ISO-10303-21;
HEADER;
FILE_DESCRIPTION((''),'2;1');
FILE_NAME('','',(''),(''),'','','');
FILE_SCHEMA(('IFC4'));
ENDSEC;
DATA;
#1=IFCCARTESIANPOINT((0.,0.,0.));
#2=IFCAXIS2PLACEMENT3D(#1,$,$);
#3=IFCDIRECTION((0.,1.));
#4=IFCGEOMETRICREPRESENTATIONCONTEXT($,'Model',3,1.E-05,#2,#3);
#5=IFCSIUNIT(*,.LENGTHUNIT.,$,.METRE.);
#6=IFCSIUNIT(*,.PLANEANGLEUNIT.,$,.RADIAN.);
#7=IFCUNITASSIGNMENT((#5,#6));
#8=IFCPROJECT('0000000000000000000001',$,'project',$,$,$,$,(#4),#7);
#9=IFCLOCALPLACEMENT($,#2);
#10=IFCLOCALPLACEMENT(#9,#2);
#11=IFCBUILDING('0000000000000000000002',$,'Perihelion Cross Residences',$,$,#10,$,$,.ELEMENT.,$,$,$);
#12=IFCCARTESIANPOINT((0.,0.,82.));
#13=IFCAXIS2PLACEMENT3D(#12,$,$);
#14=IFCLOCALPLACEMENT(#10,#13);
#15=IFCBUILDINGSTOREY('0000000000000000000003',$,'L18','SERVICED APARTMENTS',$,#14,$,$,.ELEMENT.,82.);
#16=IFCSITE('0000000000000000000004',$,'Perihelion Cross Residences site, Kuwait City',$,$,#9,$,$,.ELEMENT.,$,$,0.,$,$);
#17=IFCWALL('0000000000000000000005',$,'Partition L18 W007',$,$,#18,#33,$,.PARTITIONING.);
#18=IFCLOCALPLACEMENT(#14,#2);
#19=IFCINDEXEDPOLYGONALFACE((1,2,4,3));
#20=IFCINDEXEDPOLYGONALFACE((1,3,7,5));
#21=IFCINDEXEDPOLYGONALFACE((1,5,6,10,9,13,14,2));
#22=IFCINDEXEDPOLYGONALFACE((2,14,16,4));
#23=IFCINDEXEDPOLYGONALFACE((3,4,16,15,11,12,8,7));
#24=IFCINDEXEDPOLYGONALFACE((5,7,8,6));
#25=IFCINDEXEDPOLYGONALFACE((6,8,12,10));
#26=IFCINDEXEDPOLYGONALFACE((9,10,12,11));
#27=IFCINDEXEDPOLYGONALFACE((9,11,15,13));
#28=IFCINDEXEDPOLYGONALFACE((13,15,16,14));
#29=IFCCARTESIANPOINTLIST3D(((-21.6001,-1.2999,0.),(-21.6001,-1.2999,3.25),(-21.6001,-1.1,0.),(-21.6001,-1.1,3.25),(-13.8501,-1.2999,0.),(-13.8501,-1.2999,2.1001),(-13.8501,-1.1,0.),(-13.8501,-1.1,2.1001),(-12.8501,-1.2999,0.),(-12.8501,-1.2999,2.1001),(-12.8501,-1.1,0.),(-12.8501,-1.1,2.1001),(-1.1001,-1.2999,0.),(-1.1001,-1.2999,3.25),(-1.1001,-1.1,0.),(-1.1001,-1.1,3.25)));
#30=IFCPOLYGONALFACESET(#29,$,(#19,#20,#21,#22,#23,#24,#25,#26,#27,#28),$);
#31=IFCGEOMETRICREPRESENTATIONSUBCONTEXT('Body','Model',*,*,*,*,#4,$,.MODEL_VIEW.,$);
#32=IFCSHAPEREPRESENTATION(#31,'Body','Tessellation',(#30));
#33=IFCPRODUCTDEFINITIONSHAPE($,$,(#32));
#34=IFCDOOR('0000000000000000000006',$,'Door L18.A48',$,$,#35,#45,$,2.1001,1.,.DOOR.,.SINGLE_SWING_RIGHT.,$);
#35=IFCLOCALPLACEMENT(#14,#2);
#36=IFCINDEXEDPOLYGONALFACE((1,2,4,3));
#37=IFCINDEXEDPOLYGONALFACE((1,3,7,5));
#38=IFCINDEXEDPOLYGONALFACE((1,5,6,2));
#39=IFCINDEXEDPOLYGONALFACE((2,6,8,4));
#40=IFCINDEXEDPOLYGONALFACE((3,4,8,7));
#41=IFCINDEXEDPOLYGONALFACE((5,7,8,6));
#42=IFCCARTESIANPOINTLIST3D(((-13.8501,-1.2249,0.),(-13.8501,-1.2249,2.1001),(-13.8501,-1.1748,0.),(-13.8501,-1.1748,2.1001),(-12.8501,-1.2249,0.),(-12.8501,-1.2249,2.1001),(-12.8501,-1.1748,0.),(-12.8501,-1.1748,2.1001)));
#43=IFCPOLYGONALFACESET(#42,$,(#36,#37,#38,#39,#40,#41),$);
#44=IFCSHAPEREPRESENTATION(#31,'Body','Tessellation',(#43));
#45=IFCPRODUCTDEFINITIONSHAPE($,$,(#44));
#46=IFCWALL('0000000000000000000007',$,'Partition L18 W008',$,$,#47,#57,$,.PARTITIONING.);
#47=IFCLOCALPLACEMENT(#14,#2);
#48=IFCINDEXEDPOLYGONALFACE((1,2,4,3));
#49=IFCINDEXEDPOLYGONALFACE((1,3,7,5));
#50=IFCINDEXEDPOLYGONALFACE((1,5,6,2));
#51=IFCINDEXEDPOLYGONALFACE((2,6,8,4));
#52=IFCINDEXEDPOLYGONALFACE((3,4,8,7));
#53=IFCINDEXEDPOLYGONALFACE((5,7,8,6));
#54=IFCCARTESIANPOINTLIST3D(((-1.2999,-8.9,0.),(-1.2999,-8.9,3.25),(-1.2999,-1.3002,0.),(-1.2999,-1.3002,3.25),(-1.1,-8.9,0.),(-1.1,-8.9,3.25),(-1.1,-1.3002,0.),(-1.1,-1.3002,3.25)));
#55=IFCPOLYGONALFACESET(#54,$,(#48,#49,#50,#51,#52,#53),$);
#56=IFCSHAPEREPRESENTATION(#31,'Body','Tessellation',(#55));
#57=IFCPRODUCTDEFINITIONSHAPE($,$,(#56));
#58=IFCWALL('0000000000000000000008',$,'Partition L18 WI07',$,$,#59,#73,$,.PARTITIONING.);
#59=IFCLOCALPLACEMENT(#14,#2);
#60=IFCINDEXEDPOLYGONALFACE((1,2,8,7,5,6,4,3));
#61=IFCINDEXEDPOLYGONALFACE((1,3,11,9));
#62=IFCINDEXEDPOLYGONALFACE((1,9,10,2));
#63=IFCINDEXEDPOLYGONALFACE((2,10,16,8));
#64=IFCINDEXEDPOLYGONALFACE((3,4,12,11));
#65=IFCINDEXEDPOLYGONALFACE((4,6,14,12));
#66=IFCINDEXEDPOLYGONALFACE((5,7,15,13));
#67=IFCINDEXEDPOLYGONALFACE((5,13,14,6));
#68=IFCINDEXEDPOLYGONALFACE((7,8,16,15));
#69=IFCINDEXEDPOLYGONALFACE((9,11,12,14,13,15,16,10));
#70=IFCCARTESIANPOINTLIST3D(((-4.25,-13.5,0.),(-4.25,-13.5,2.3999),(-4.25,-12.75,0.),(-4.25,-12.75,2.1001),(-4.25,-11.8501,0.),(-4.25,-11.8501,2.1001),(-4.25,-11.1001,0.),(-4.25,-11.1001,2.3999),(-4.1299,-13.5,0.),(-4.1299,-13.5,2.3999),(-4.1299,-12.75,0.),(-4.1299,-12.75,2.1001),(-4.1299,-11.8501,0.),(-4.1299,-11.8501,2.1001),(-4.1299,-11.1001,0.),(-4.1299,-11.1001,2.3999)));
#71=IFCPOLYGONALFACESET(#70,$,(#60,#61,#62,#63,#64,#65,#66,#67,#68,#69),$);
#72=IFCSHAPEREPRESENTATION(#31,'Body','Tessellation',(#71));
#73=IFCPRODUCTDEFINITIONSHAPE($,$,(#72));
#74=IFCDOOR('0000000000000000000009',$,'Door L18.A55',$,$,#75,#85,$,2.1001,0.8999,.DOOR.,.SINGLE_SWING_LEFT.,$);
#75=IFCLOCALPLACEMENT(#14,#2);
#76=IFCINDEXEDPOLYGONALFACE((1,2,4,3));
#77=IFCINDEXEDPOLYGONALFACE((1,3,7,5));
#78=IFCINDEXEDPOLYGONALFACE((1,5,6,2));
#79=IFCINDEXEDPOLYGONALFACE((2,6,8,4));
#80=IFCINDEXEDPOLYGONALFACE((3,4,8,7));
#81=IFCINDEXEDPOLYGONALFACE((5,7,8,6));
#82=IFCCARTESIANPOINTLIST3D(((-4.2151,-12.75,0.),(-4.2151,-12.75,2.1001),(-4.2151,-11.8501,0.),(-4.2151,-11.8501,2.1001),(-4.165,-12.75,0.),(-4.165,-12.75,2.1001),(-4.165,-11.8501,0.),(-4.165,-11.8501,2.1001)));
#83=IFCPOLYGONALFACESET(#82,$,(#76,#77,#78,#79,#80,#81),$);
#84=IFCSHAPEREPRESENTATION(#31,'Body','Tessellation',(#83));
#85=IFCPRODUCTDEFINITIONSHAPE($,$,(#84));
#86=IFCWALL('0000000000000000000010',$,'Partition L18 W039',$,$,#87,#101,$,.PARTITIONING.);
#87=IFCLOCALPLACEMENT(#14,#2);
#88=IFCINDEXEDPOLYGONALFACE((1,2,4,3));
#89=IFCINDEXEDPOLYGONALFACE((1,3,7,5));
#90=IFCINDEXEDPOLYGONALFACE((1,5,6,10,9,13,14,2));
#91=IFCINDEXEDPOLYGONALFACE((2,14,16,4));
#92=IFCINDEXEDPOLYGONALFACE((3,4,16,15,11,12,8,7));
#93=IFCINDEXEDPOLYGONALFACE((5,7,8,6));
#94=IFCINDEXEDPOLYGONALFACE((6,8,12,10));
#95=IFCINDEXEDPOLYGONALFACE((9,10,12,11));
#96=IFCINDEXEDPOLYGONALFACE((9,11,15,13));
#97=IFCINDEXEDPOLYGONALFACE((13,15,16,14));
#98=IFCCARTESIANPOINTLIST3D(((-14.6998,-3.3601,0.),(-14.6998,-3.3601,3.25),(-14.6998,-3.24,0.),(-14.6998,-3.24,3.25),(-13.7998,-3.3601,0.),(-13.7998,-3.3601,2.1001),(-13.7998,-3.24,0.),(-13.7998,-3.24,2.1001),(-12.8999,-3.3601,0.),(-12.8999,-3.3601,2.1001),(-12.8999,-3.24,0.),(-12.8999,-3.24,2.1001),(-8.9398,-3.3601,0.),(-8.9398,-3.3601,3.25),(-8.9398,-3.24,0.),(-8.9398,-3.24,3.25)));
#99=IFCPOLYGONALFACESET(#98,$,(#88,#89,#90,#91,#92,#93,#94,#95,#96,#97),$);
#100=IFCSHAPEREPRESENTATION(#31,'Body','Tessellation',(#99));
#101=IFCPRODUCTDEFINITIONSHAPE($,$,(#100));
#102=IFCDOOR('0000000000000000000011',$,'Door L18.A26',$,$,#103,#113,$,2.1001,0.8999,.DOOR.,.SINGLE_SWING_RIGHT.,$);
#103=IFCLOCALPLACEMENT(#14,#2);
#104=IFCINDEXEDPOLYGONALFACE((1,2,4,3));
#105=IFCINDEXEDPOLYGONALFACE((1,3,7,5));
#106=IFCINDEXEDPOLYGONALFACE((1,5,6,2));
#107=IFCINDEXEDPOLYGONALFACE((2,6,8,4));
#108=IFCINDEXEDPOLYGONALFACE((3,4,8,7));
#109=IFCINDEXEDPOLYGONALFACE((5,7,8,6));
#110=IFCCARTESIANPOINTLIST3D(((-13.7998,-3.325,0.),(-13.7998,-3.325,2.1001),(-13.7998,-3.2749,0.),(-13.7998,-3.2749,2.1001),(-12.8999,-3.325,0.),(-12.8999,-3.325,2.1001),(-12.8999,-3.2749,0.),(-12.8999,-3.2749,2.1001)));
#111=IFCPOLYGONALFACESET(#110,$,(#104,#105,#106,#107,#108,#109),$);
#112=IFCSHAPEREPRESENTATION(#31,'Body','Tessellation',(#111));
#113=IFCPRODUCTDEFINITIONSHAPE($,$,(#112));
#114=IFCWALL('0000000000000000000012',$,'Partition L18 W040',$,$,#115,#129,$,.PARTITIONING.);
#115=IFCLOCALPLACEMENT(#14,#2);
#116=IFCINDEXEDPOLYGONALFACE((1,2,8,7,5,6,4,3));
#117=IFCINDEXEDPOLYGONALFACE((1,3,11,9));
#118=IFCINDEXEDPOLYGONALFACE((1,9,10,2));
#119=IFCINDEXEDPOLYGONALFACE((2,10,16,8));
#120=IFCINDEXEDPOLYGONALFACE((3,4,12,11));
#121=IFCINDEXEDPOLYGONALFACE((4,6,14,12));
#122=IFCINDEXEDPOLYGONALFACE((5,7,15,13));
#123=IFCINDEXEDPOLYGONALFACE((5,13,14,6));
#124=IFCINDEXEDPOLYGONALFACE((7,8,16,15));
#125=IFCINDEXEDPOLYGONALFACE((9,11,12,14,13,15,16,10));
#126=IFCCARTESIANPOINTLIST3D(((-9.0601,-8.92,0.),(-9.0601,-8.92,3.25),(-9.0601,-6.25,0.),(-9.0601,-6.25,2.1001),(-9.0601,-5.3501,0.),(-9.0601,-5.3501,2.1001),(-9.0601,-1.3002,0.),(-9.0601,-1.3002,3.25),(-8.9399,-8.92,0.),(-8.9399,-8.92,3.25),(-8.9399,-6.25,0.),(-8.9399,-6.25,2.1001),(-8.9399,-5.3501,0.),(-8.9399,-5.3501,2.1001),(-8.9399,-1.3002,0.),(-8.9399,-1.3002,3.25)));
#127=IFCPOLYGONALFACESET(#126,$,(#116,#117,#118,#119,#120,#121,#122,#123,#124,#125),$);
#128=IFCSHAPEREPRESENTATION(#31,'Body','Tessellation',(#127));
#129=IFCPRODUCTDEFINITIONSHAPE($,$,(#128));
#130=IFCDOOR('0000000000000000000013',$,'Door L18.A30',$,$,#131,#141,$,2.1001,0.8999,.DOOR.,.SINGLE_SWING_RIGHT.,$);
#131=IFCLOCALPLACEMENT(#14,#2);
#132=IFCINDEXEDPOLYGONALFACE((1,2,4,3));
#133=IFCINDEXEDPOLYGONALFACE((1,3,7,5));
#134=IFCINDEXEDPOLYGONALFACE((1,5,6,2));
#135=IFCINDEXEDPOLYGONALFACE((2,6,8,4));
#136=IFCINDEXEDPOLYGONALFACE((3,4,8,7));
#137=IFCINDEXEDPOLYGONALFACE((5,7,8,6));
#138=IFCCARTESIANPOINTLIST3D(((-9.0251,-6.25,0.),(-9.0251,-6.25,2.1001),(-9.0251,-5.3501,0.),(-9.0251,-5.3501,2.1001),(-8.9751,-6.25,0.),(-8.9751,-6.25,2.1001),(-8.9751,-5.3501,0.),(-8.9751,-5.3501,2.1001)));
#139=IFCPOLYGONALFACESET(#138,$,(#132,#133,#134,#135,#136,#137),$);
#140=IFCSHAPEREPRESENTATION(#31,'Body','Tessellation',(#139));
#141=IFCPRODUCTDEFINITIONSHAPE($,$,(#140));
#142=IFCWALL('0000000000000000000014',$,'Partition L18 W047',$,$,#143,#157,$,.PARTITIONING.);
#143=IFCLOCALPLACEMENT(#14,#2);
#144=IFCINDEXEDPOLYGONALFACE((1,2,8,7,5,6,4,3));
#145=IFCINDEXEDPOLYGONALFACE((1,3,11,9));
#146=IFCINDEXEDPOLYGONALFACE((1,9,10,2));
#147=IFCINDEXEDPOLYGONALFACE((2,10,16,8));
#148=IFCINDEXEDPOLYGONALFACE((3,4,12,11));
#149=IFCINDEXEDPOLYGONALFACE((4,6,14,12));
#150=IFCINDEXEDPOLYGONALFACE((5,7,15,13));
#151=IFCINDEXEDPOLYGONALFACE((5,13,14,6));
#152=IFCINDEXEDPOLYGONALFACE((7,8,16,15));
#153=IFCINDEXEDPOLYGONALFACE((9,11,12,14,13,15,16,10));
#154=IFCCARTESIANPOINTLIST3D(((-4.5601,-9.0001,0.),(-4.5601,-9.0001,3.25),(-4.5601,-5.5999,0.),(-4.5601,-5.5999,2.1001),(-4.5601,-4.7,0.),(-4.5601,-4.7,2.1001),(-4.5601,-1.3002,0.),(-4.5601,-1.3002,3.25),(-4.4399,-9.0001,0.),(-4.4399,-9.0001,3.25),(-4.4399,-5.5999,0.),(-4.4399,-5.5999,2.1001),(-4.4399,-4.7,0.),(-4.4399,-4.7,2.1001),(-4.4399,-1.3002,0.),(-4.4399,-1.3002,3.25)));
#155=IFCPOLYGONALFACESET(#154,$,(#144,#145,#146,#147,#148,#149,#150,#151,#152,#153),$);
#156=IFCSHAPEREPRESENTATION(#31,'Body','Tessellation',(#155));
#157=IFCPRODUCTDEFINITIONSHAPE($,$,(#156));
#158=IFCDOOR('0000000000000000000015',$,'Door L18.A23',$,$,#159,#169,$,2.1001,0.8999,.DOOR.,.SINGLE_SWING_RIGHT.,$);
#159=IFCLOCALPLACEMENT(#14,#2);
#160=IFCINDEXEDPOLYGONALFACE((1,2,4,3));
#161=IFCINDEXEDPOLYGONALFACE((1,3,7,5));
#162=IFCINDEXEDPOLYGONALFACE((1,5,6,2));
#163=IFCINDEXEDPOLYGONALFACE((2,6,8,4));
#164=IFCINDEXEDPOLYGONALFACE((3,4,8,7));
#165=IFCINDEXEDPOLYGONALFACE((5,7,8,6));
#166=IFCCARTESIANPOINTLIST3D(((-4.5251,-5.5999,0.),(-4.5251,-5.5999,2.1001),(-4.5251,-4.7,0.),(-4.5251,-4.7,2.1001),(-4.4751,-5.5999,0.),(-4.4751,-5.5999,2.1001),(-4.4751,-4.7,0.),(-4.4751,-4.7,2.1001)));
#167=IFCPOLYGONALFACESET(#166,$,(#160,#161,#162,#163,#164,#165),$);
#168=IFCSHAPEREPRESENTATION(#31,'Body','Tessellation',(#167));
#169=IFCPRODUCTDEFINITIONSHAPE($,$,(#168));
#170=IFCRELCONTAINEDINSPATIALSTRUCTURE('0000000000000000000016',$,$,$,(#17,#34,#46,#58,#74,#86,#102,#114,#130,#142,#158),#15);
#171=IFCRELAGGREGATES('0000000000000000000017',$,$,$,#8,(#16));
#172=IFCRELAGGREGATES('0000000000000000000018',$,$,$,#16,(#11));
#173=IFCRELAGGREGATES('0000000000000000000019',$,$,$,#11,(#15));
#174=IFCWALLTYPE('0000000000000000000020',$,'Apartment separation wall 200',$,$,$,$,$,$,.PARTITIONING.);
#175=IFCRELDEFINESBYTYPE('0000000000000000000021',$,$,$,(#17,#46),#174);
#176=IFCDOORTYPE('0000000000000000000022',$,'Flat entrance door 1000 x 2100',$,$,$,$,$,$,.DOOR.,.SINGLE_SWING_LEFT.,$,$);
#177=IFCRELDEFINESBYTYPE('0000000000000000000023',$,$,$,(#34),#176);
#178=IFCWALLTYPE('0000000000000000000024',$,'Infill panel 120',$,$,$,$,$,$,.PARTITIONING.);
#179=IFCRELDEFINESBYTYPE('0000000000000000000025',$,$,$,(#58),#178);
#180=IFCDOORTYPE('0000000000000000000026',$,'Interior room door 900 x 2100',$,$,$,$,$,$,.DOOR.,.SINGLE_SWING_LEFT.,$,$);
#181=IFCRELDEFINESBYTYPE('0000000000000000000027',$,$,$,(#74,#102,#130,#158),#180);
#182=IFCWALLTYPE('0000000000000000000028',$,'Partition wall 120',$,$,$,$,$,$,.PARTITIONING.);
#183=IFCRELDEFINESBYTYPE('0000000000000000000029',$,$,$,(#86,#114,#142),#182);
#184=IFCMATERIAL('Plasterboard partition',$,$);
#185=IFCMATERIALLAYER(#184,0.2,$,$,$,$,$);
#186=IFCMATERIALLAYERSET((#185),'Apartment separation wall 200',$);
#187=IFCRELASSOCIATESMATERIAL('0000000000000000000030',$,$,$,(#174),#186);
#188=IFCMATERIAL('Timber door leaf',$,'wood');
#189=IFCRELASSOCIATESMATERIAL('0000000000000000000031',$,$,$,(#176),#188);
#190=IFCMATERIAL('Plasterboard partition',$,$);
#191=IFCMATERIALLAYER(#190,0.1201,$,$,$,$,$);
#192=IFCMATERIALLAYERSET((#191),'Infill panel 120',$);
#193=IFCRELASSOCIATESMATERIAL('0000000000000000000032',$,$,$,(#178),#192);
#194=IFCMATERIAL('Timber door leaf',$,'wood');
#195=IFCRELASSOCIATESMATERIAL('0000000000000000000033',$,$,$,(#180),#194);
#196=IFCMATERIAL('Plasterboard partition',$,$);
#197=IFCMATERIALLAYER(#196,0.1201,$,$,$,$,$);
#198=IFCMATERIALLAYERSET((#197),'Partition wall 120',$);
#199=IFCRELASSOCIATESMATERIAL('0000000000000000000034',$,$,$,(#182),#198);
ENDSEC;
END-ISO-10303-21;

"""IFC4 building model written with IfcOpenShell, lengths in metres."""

from ifc_helpers import new_model, si_unit, direction, frame, frame_2d, origin, place, context, subcontext, project, spatial, rectangle, extrude, material, layer, layer_set, type_object, element, fill, save


model = new_model("IFC4")

# Units and contexts
model_context = context("Model", 3, precision=1e-05, world=origin(), true_north=direction((0.0, 1.0)))
body_context = subcontext(model_context, "Body", "Model", "MODEL_VIEW")
ifc_project = project(units=[si_unit("LENGTHUNIT", "METRE"), si_unit("PLANEANGLEUNIT", "RADIAN")], contexts=[model_context])

# Site, building, storey
site_placement = place(None, origin())
site = spatial("IfcSite", under=ifc_project, at=site_placement, Name="Perihelion Cross Residences site, Kuwait City", CompositionType="ELEMENT", RefElevation=0.0)
building_placement = place(site_placement, origin())
building = spatial("IfcBuilding", under=site, at=building_placement, Name="Perihelion Cross Residences", CompositionType="ELEMENT")
storey_placement = place(building_placement, frame((0.0, 0.0, 82.0)))
storey = spatial("IfcBuildingStorey", under=building, at=storey_placement, Name="L18", Description="SERVICED APARTMENTS", CompositionType="ELEMENT", Elevation=82.0)

# Wall, opening, door
ifc_material_1 = material(Name="Plasterboard partition")
ifc_layer_1 = layer(ifc_material_1, 0.2)
ifc_layer_set_1 = layer_set([ifc_layer_1], Name="Apartment separation wall 200")
wall_type_1 = type_object("IfcWallType", Name="Apartment separation wall 200", PredefinedType="PARTITIONING", material=ifc_layer_set_1)
wall_1_placement = place(storey_placement, frame((-1.1001, -1.2, 0.0), z_axis=(0.0, 0.0, 1.0), x_axis=(-1.0, 0.0, 0.0)))
wall_1 = element("IfcWall", 1, at=wall_1_placement, inside=storey, type_object=wall_type_1, Name="Partition L18 W007", PredefinedType="PARTITIONING", context=body_context, shape_type="SweptSolid", body=[
    extrude(rectangle(XDim=20.5, YDim=0.2, at=frame_2d((10.25, 0.0))), origin(), (0.0, 0.0, 1.0), 3.25),
])
opening_1_placement = place(wall_1_placement, frame((11.75, 0.0, 0.0)))
opening_1 = element("IfcOpeningElement", 2, at=opening_1_placement, cuts=wall_1, PredefinedType="OPENING", context=body_context, shape_type="SweptSolid", body=[
    extrude(rectangle(XDim=1.0, YDim=2.1001, at=frame_2d((0.5, 1.05))), frame((0.0, 0.1099, 0.0), z_axis=(0.0, -1.0, 0.0), x_axis=(1.0, 0.0, 0.0)), (0.0, 0.0, 1.0), 0.22),
])
ifc_material_2 = material(Name="Timber door leaf", Category="wood")
door_type_1 = type_object("IfcDoorType", Name="Flat entrance door 1000 x 2100", OperationType="SINGLE_SWING_LEFT", PredefinedType="DOOR", material=ifc_material_2)
door_1_placement = place(opening_1_placement, origin())
door_1 = element("IfcDoor", 3, at=door_1_placement, inside=storey, type_object=door_type_1, Name="Door L18.A48", OperationType="SINGLE_SWING_RIGHT", OverallHeight=2.1001, OverallWidth=1.0, PredefinedType="DOOR", context=body_context, shape_type="SweptSolid", body=[
    extrude(rectangle(XDim=1.0, YDim=2.1001, at=frame_2d((0.5, 1.05))), frame((0.0, 0.0249, 0.0), z_axis=(0.0, -1.0, 0.0), x_axis=(1.0, 0.0, 0.0)), (0.0, 0.0, 1.0), 0.05),
])
fill(opening_1, door_1)

# Wall
wall_2_placement = place(storey_placement, frame((-1.2, -8.8999, 0.0), z_axis=(0.0, 0.0, 1.0), x_axis=(0.0, 1.0, 0.0)))
element("IfcWall", 4, at=wall_2_placement, inside=storey, type_object=wall_type_1, Name="Partition L18 W008", PredefinedType="PARTITIONING", context=body_context, shape_type="SweptSolid", body=[
    extrude(rectangle(XDim=7.5999, YDim=0.2, at=frame_2d((3.7998, 0.0))), origin(), (0.0, 0.0, 1.0), 3.25),
])

# Walls, openings, doors
ifc_material_3 = material(Name="Plasterboard partition")
ifc_layer_2 = layer(ifc_material_3, 0.1201)
ifc_layer_set_2 = layer_set([ifc_layer_2], Name="Infill panel 120")
wall_type_2 = type_object("IfcWallType", Name="Infill panel 120", PredefinedType="PARTITIONING", material=ifc_layer_set_2)
wall_3_placement = place(storey_placement, frame((-4.1899, -11.1001, 0.0), z_axis=(0.0, 0.0, 1.0), x_axis=(0.0, -1.0, 0.0)))
wall_3 = element("IfcWall", 5, at=wall_3_placement, inside=storey, type_object=wall_type_2, Name="Partition L18 WI07", PredefinedType="PARTITIONING", context=body_context, shape_type="SweptSolid", body=[
    extrude(rectangle(XDim=2.3999, YDim=0.1201, at=frame_2d((1.2, 0.0))), origin(), (0.0, 0.0, 1.0), 2.3999),
])
opening_2_placement = place(wall_3_placement, frame((0.75, 0.0, 0.0)))
opening_2 = element("IfcOpeningElement", 6, at=opening_2_placement, cuts=wall_3, PredefinedType="OPENING", context=body_context, shape_type="SweptSolid", body=[
    extrude(rectangle(XDim=0.8999, YDim=2.1001, at=frame_2d((0.45, 1.05))), frame((0.0, 0.0701, 0.0), z_axis=(0.0, -1.0, 0.0), x_axis=(1.0, 0.0, 0.0)), (0.0, 0.0, 1.0), 0.1401),
])
ifc_material_4 = material(Name="Timber door leaf", Category="wood")
door_type_2 = type_object("IfcDoorType", Name="Interior room door 900 x 2100", OperationType="SINGLE_SWING_LEFT", PredefinedType="DOOR", material=ifc_material_4)
door_2_placement = place(opening_2_placement, origin())
door_2 = element("IfcDoor", 7, at=door_2_placement, inside=storey, type_object=door_type_2, Name="Door L18.A55", OperationType="SINGLE_SWING_LEFT", OverallHeight=2.1001, OverallWidth=0.8999, PredefinedType="DOOR", context=body_context, shape_type="SweptSolid", body=[
    extrude(rectangle(XDim=0.8999, YDim=2.1001, at=frame_2d((0.45, 1.05))), frame((0.0, 0.0249, 0.0), z_axis=(0.0, -1.0, 0.0), x_axis=(1.0, 0.0, 0.0)), (0.0, 0.0, 1.0), 0.05),
])
fill(opening_2, door_2)
ifc_material_5 = material(Name="Plasterboard partition")
ifc_layer_3 = layer(ifc_material_5, 0.1201)
ifc_layer_set_3 = layer_set([ifc_layer_3], Name="Partition wall 120")
wall_type_3 = type_object("IfcWallType", Name="Partition wall 120", PredefinedType="PARTITIONING", material=ifc_layer_set_3)
wall_4_placement = place(storey_placement, frame((-8.9399, -3.3, 0.0), z_axis=(0.0, 0.0, 1.0), x_axis=(-1.0, 0.0, 0.0)))
wall_4 = element("IfcWall", 8, at=wall_4_placement, inside=storey, type_object=wall_type_3, Name="Partition L18 W039", PredefinedType="PARTITIONING", context=body_context, shape_type="SweptSolid", body=[
    extrude(rectangle(XDim=5.76, YDim=0.1201, at=frame_2d((2.8799, 0.0))), origin(), (0.0, 0.0, 1.0), 3.25),
])
opening_3_placement = place(wall_4_placement, frame((3.96, 0.0, 0.0)))
opening_3 = element("IfcOpeningElement", 9, at=opening_3_placement, cuts=wall_4, PredefinedType="OPENING", context=body_context, shape_type="SweptSolid", body=[
    extrude(rectangle(XDim=0.8999, YDim=2.1001, at=frame_2d((0.45, 1.05))), frame((0.0, 0.0701, 0.0), z_axis=(0.0, -1.0, 0.0), x_axis=(1.0, 0.0, 0.0)), (0.0, 0.0, 1.0), 0.1401),
])
door_3_placement = place(opening_3_placement, origin())
door_3 = element("IfcDoor", 10, at=door_3_placement, inside=storey, type_object=door_type_2, Name="Door L18.A26", OperationType="SINGLE_SWING_RIGHT", OverallHeight=2.1001, OverallWidth=0.8999, PredefinedType="DOOR", context=body_context, shape_type="SweptSolid", body=[
    extrude(rectangle(XDim=0.8999, YDim=2.1001, at=frame_2d((0.45, 1.05))), frame((0.0, 0.0249, 0.0), z_axis=(0.0, -1.0, 0.0), x_axis=(1.0, 0.0, 0.0)), (0.0, 0.0, 1.0), 0.05),
])
fill(opening_3, door_3)
wall_5_placement = place(storey_placement, frame((-9.0, -1.3, 0.0), z_axis=(0.0, 0.0, 1.0), x_axis=(0.0, -1.0, 0.0)))
wall_5 = element("IfcWall", 11, at=wall_5_placement, inside=storey, type_object=wall_type_3, Name="Partition L18 W040", PredefinedType="PARTITIONING", context=body_context, shape_type="SweptSolid", body=[
    extrude(rectangle(XDim=7.6199, YDim=0.1201, at=frame_2d((3.8101, 0.0))), origin(), (0.0, 0.0, 1.0), 3.25),
])
opening_4_placement = place(wall_5_placement, frame((4.05, 0.0, 0.0)))
opening_4 = element("IfcOpeningElement", 12, at=opening_4_placement, cuts=wall_5, PredefinedType="OPENING", context=body_context, shape_type="SweptSolid", body=[
    extrude(rectangle(XDim=0.8999, YDim=2.1001, at=frame_2d((0.45, 1.05))), frame((0.0, 0.0701, 0.0), z_axis=(0.0, -1.0, 0.0), x_axis=(1.0, 0.0, 0.0)), (0.0, 0.0, 1.0), 0.1401),
])
door_4_placement = place(opening_4_placement, origin())
door_4 = element("IfcDoor", 13, at=door_4_placement, inside=storey, type_object=door_type_2, Name="Door L18.A30", OperationType="SINGLE_SWING_RIGHT", OverallHeight=2.1001, OverallWidth=0.8999, PredefinedType="DOOR", context=body_context, shape_type="SweptSolid", body=[
    extrude(rectangle(XDim=0.8999, YDim=2.1001, at=frame_2d((0.45, 1.05))), frame((0.0, 0.0249, 0.0), z_axis=(0.0, -1.0, 0.0), x_axis=(1.0, 0.0, 0.0)), (0.0, 0.0, 1.0), 0.05),
])
fill(opening_4, door_4)
wall_6_placement = place(storey_placement, frame((-4.5, -1.3, 0.0), z_axis=(0.0, 0.0, 1.0), x_axis=(0.0, -1.0, 0.0)))
wall_6 = element("IfcWall", 14, at=wall_6_placement, inside=storey, type_object=wall_type_3, Name="Partition L18 W047", PredefinedType="PARTITIONING", context=body_context, shape_type="SweptSolid", body=[
    extrude(rectangle(XDim=7.7, YDim=0.1201, at=frame_2d((3.8501, 0.0))), origin(), (0.0, 0.0, 1.0), 3.25),
])
opening_5_placement = place(wall_6_placement, frame((3.3999, 0.0, 0.0)))
opening_5 = element("IfcOpeningElement", 15, at=opening_5_placement, cuts=wall_6, PredefinedType="OPENING", context=body_context, shape_type="SweptSolid", body=[
    extrude(rectangle(XDim=0.8999, YDim=2.1001, at=frame_2d((0.45, 1.05))), frame((0.0, 0.0701, 0.0), z_axis=(0.0, -1.0, 0.0), x_axis=(1.0, 0.0, 0.0)), (0.0, 0.0, 1.0), 0.1401),
])
door_5_placement = place(opening_5_placement, origin())
door_5 = element("IfcDoor", 16, at=door_5_placement, inside=storey, type_object=door_type_2, Name="Door L18.A23", OperationType="SINGLE_SWING_RIGHT", OverallHeight=2.1001, OverallWidth=0.8999, PredefinedType="DOOR", context=body_context, shape_type="SweptSolid", body=[
    extrude(rectangle(XDim=0.8999, YDim=2.1001, at=frame_2d((0.45, 1.05))), frame((0.0, 0.0249, 0.0), z_axis=(0.0, -1.0, 0.0), x_axis=(1.0, 0.0, 0.0)), (0.0, 0.0, 1.0), 0.05),
])
fill(opening_5, door_5)

save(model, "model.ifc")
